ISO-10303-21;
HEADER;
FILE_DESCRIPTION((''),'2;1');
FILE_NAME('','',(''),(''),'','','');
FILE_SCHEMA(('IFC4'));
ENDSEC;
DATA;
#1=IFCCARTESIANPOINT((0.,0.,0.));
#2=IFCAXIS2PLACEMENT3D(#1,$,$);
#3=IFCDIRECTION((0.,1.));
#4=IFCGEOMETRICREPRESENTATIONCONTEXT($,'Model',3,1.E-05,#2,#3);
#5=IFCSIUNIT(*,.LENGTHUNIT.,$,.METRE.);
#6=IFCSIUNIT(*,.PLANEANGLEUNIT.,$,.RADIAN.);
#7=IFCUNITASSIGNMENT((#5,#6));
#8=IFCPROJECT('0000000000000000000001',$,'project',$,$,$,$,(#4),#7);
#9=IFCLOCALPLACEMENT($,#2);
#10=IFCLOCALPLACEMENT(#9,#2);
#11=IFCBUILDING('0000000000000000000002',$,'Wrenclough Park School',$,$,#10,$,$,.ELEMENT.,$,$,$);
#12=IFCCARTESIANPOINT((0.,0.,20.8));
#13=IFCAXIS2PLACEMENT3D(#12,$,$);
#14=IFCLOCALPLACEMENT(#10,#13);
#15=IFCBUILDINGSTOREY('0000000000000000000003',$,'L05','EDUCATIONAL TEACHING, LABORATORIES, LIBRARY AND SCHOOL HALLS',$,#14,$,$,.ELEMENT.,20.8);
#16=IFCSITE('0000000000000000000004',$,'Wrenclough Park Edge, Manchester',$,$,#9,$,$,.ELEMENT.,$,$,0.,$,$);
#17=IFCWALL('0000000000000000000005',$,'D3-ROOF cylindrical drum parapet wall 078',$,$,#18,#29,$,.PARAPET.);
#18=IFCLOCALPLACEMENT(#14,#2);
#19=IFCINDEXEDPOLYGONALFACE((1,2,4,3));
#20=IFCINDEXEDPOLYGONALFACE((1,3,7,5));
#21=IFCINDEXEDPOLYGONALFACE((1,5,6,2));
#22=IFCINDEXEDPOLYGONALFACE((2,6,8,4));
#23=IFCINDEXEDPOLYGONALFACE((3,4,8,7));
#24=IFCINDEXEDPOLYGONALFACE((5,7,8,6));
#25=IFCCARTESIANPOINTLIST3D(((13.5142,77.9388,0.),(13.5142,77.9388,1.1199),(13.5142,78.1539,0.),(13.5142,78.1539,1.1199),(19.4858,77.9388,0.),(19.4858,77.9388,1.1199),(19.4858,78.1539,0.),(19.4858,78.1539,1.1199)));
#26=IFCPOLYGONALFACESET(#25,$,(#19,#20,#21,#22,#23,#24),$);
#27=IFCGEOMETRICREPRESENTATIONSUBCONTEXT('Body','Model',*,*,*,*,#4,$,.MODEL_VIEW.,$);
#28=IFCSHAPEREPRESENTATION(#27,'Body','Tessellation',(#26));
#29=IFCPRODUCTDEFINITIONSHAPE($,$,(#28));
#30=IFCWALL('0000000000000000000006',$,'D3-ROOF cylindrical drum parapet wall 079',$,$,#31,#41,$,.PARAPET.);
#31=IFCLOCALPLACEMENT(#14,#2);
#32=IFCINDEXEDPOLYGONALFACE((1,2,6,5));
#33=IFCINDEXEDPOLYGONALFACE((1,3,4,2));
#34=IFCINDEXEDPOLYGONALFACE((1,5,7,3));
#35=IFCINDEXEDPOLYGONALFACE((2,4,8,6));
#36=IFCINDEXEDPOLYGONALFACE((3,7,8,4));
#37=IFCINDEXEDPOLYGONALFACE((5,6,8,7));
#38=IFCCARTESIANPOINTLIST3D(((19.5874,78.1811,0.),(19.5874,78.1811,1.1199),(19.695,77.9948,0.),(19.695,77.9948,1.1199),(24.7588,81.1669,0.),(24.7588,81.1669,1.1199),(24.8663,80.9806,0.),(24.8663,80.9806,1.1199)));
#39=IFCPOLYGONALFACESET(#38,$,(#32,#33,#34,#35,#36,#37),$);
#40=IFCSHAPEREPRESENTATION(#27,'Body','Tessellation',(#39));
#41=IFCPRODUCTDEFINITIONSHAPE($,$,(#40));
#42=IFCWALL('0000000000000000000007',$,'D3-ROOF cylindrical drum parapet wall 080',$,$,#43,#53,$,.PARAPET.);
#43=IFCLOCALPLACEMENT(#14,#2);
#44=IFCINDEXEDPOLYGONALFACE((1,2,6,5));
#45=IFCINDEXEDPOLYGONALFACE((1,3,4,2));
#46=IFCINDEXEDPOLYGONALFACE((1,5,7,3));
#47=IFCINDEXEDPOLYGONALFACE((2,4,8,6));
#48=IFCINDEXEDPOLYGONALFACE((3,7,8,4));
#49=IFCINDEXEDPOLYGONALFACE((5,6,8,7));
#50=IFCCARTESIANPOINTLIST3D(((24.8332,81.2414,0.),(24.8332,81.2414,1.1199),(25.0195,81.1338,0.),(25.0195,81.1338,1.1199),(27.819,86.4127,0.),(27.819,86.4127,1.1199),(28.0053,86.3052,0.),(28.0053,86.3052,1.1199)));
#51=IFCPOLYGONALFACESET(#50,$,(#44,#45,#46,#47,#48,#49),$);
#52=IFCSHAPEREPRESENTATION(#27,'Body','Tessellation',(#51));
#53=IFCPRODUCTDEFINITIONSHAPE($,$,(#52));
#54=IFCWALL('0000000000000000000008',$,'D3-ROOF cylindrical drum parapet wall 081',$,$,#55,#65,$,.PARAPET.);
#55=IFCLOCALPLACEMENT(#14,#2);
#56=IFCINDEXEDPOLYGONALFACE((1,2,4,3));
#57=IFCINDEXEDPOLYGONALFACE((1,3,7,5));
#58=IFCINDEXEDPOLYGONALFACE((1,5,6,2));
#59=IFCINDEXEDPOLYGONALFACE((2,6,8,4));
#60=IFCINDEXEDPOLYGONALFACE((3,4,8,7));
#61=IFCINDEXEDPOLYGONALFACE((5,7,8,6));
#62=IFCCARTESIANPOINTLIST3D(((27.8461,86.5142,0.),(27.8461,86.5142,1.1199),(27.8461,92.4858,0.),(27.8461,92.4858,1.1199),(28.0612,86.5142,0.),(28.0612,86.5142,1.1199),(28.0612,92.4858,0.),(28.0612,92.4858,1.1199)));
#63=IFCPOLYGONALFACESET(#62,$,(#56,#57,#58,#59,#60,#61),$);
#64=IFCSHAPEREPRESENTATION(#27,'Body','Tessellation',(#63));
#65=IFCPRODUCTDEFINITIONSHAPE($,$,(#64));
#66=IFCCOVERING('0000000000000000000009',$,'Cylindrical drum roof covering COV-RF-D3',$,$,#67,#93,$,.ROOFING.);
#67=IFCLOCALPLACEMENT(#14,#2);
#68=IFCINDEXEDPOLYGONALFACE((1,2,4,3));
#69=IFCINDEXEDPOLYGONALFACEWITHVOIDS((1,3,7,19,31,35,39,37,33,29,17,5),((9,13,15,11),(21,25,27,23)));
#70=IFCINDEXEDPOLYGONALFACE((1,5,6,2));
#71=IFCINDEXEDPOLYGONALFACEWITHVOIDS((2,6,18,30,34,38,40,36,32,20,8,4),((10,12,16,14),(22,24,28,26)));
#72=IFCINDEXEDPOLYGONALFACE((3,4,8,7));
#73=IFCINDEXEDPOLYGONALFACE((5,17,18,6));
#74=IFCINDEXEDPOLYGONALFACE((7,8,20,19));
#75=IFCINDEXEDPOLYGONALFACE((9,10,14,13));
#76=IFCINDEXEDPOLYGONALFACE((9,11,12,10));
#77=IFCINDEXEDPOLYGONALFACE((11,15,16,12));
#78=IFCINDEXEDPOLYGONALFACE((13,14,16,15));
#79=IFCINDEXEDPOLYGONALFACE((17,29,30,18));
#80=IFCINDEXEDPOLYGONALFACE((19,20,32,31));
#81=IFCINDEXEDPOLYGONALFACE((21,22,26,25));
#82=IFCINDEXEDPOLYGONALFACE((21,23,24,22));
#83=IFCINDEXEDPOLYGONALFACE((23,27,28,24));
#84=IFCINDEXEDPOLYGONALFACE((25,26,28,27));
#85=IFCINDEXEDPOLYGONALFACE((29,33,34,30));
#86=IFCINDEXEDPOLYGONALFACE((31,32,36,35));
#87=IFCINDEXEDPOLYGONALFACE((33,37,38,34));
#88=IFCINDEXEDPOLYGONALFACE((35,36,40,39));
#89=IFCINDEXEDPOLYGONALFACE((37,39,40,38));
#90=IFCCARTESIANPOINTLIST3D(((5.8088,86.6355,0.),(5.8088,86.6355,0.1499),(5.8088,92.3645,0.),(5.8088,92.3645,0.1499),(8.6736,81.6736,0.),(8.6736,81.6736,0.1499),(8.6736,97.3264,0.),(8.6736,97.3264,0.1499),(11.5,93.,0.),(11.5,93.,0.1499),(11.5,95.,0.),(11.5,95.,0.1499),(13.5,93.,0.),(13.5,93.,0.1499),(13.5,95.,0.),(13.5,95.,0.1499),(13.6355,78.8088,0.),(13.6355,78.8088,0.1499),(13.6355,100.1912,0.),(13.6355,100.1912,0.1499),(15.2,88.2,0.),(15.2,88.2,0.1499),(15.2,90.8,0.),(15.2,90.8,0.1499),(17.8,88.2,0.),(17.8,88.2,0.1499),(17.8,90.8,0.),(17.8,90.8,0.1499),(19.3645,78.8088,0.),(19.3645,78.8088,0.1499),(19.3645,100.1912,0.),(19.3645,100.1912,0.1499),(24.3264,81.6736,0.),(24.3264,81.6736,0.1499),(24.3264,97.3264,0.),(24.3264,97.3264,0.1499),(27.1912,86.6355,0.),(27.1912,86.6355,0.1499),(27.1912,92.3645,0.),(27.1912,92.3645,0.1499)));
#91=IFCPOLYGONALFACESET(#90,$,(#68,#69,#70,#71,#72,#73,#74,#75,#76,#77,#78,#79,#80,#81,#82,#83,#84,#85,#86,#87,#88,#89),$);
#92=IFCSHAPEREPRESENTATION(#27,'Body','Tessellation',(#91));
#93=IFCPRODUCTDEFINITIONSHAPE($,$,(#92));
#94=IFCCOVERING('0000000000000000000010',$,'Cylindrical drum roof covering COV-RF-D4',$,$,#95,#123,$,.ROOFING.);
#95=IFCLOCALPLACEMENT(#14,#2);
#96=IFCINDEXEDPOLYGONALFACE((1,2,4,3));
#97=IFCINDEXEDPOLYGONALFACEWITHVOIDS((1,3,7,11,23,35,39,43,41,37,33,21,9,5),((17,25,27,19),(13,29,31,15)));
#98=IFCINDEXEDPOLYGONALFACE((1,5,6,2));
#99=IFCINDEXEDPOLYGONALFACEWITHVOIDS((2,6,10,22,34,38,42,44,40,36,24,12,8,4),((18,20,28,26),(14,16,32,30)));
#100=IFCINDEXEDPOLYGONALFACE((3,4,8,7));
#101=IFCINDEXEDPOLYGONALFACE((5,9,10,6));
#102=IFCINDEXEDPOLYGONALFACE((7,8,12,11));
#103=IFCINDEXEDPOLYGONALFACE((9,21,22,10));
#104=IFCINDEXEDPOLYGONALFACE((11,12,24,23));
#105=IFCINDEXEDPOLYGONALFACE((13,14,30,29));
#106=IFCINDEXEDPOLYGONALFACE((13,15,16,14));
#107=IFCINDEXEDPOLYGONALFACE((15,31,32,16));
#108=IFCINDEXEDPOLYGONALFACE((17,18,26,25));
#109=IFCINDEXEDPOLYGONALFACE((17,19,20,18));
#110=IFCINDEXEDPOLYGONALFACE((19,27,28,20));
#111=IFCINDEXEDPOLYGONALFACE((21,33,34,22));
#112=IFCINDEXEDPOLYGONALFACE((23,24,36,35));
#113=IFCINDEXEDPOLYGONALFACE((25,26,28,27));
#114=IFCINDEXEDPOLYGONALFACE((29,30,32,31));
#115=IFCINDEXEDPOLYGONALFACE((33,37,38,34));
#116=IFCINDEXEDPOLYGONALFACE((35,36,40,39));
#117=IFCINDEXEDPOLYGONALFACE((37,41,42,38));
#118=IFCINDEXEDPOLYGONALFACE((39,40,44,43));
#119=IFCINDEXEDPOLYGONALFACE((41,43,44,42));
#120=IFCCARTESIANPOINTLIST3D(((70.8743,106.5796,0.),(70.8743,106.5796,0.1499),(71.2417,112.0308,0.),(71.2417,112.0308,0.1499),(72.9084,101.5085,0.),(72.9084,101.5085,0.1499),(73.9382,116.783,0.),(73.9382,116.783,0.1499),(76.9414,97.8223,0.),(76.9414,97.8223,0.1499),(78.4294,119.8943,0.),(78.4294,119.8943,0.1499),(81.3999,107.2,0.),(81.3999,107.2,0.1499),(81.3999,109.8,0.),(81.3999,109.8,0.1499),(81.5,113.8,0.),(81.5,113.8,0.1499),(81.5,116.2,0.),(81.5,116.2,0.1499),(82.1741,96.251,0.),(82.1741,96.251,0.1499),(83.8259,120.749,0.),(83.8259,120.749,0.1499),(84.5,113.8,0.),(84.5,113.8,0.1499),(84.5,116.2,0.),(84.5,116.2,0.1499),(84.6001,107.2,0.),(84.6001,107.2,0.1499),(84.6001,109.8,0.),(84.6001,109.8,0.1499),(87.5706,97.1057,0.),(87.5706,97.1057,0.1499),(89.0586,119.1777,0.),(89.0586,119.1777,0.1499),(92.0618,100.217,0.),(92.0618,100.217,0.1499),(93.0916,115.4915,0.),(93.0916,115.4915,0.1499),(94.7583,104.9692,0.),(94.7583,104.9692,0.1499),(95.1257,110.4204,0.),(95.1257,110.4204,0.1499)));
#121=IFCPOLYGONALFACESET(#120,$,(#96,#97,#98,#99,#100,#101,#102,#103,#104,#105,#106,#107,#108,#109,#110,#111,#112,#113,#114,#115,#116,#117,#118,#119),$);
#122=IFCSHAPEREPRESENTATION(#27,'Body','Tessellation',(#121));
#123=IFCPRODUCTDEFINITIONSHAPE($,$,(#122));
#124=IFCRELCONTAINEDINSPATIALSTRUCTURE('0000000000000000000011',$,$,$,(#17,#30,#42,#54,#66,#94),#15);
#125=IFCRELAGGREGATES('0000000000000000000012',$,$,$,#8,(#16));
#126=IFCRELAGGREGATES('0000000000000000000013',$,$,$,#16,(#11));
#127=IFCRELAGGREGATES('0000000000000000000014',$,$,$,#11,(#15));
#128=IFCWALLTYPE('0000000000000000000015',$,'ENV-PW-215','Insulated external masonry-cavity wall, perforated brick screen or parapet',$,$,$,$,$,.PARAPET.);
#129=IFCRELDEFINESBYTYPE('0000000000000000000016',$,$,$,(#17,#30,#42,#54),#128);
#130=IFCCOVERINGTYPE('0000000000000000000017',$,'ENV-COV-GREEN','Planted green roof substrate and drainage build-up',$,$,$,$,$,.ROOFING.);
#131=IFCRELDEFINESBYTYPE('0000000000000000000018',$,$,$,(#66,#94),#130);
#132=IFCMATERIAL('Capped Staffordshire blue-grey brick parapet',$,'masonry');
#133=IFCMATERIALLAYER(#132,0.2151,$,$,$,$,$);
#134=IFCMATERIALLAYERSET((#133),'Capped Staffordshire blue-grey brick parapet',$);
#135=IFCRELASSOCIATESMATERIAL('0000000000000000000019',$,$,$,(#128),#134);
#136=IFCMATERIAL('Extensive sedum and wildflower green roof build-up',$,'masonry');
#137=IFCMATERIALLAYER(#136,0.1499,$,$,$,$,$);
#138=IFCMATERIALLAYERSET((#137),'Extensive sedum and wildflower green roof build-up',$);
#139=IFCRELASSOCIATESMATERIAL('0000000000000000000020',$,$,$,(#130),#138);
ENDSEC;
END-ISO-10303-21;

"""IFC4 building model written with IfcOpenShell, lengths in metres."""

from ifc_helpers import new_model, si_unit, direction, frame, frame_2d, origin, place, context, subcontext, project, spatial, polyline, rectangle, outline, extrude, material, layer, layer_set, type_object, element, save


model = new_model("IFC4")

# Units and contexts
model_context = context("Model", 3, precision=1e-05, world=origin(), true_north=direction((0.0, 1.0)))
body_context = subcontext(model_context, "Body", "Model", "MODEL_VIEW")
ifc_project = project(units=[si_unit("LENGTHUNIT", "METRE"), si_unit("PLANEANGLEUNIT", "RADIAN")], contexts=[model_context])

# Site, building, storey
site_placement = place(None, origin())
site = spatial("IfcSite", under=ifc_project, at=site_placement, Name="Wrenclough Park Edge, Manchester", CompositionType="ELEMENT", RefElevation=0.0)
building_placement = place(site_placement, origin())
building = spatial("IfcBuilding", under=site, at=building_placement, Name="Wrenclough Park School", CompositionType="ELEMENT")
storey_placement = place(building_placement, frame((0.0, 0.0, 20.8)))
storey = spatial("IfcBuildingStorey", under=building, at=storey_placement, Name="L05", Description="EDUCATIONAL TEACHING, LABORATORIES, LIBRARY AND SCHOOL HALLS", CompositionType="ELEMENT", Elevation=20.8)

# Walls
ifc_material_1 = material(Name="Capped Staffordshire blue-grey brick parapet", Category="masonry")
ifc_layer_1 = layer(ifc_material_1, 0.2151)
ifc_layer_set_1 = layer_set([ifc_layer_1], Name="Capped Staffordshire blue-grey brick parapet")
wall_type = type_object("IfcWallType", Name="ENV-PW-215", Description="Insulated external masonry-cavity wall, perforated brick screen or parapet", PredefinedType="PARAPET", material=ifc_layer_set_1)
wall_1_placement = place(storey_placement, frame((13.5142, 78.0464, 0.0), z_axis=(0.0, 0.0, 1.0), x_axis=(1.0, 0.0, 0.0)))
element("IfcWall", 1, at=wall_1_placement, inside=storey, type_object=wall_type, Name="D3-ROOF cylindrical drum parapet wall 078", PredefinedType="PARAPET", context=body_context, shape_type="SweptSolid", body=[
    extrude(rectangle(XDim=5.9717, YDim=0.2151, at=frame_2d((2.9858, 0.0))), origin(), (0.0, 0.0, 1.0), 1.1199),
])
for number, where, z_axis, x_axis, name in (
    (2, (19.6411, 78.0879, 0.0), (0.0, 0.0, 1.0), (0.866015, 0.500017, 0.0), "D3-ROOF cylindrical drum parapet wall 079"),
    (3, (24.9263, 81.1875, 0.0), (0.0, 0.0, 1.0), (0.500017, 0.866015, 0.0), "D3-ROOF cylindrical drum parapet wall 080"),
):
    element("IfcWall", number, at=place(storey_placement, frame(where, z_axis=z_axis, x_axis=x_axis)), inside=storey, type_object=wall_type, Name=name, PredefinedType="PARAPET", context=body_context, shape_type="SweptSolid", body=[
        extrude(rectangle(XDim=5.9714, YDim=0.2151, at=frame_2d((2.9858, 0.0))), origin(), (0.0, 0.0, 1.0), 1.1199),
    ])
wall_2_placement = place(storey_placement, frame((27.9536, 86.5142, 0.0), z_axis=(0.0, 0.0, 1.0), x_axis=(0.0, 1.0, 0.0)))
element("IfcWall", 4, at=wall_2_placement, inside=storey, type_object=wall_type, Name="D3-ROOF cylindrical drum parapet wall 081", PredefinedType="PARAPET", context=body_context, shape_type="SweptSolid", body=[
    extrude(rectangle(XDim=5.9717, YDim=0.2151, at=frame_2d((2.9858, 0.0))), origin(), (0.0, 0.0, 1.0), 1.1199),
])

# Coverings
ifc_material_2 = material(Name="Extensive sedum and wildflower green roof build-up", Category="masonry")
ifc_layer_2 = layer(ifc_material_2, 0.1499)
ifc_layer_set_2 = layer_set([ifc_layer_2], Name="Extensive sedum and wildflower green roof build-up")
covering_type_1 = type_object("IfcCoveringType", Name="ENV-COV-GREEN", Description="Planted green roof substrate and drainage build-up", PredefinedType="ROOFING", material=ifc_layer_set_2)
covering_1_placement = place(storey_placement, origin())
element("IfcCovering", 5, at=covering_1_placement, inside=storey, type_object=covering_type_1, Name="Cylindrical drum roof covering COV-RF-D3", PredefinedType="ROOFING", context=body_context, shape_type="SweptSolid", body=[
    extrude(outline(polyline([(24.3264, 81.6736), (27.1912, 86.6355), (27.1912, 92.3645), (24.3264, 97.3264), (19.3645, 100.1912), (13.6355, 100.1912), (8.6736, 97.3264), (5.8088, 92.3645), (5.8088, 86.6355), (8.6736, 81.6736), (13.6355, 78.8088), (19.3645, 78.8088), (24.3264, 81.6736)]), holes=[polyline([(15.2, 90.8), (15.2, 88.2), (17.8, 88.2), (17.8, 90.8), (15.2, 90.8)]), polyline([(13.5, 95.0), (11.5, 95.0), (11.5, 93.0), (13.5, 93.0), (13.5, 95.0)])]), origin(), (0.0, 0.0, 1.0), 0.1499),
])
covering_2_placement = place(storey_placement, origin())
element("IfcCovering", 6, at=covering_2_placement, inside=storey, type_object=covering_type_1, Name="Cylindrical drum roof covering COV-RF-D4", PredefinedType="ROOFING", context=body_context, shape_type="SweptSolid", body=[
    extrude(outline(polyline([(92.0618, 100.217), (94.7583, 104.9692), (95.1257, 110.4204), (93.0916, 115.4915), (89.0586, 119.1777), (83.8259, 120.749), (78.4294, 119.8943), (73.9382, 116.783), (71.2417, 112.0308), (70.8743, 106.5796), (72.9084, 101.5085), (76.9414, 97.8223), (82.1741, 96.251), (87.5706, 97.1057), (92.0618, 100.217)]), holes=[polyline([(81.3999, 109.8), (81.3999, 107.2), (84.6001, 107.2), (84.6001, 109.8), (81.3999, 109.8)]), polyline([(84.5, 116.2), (81.5, 116.2), (81.5, 113.8), (84.5, 113.8), (84.5, 116.2)])]), origin(), (0.0, 0.0, 1.0), 0.1499),
])

save(model, "model.ifc")
